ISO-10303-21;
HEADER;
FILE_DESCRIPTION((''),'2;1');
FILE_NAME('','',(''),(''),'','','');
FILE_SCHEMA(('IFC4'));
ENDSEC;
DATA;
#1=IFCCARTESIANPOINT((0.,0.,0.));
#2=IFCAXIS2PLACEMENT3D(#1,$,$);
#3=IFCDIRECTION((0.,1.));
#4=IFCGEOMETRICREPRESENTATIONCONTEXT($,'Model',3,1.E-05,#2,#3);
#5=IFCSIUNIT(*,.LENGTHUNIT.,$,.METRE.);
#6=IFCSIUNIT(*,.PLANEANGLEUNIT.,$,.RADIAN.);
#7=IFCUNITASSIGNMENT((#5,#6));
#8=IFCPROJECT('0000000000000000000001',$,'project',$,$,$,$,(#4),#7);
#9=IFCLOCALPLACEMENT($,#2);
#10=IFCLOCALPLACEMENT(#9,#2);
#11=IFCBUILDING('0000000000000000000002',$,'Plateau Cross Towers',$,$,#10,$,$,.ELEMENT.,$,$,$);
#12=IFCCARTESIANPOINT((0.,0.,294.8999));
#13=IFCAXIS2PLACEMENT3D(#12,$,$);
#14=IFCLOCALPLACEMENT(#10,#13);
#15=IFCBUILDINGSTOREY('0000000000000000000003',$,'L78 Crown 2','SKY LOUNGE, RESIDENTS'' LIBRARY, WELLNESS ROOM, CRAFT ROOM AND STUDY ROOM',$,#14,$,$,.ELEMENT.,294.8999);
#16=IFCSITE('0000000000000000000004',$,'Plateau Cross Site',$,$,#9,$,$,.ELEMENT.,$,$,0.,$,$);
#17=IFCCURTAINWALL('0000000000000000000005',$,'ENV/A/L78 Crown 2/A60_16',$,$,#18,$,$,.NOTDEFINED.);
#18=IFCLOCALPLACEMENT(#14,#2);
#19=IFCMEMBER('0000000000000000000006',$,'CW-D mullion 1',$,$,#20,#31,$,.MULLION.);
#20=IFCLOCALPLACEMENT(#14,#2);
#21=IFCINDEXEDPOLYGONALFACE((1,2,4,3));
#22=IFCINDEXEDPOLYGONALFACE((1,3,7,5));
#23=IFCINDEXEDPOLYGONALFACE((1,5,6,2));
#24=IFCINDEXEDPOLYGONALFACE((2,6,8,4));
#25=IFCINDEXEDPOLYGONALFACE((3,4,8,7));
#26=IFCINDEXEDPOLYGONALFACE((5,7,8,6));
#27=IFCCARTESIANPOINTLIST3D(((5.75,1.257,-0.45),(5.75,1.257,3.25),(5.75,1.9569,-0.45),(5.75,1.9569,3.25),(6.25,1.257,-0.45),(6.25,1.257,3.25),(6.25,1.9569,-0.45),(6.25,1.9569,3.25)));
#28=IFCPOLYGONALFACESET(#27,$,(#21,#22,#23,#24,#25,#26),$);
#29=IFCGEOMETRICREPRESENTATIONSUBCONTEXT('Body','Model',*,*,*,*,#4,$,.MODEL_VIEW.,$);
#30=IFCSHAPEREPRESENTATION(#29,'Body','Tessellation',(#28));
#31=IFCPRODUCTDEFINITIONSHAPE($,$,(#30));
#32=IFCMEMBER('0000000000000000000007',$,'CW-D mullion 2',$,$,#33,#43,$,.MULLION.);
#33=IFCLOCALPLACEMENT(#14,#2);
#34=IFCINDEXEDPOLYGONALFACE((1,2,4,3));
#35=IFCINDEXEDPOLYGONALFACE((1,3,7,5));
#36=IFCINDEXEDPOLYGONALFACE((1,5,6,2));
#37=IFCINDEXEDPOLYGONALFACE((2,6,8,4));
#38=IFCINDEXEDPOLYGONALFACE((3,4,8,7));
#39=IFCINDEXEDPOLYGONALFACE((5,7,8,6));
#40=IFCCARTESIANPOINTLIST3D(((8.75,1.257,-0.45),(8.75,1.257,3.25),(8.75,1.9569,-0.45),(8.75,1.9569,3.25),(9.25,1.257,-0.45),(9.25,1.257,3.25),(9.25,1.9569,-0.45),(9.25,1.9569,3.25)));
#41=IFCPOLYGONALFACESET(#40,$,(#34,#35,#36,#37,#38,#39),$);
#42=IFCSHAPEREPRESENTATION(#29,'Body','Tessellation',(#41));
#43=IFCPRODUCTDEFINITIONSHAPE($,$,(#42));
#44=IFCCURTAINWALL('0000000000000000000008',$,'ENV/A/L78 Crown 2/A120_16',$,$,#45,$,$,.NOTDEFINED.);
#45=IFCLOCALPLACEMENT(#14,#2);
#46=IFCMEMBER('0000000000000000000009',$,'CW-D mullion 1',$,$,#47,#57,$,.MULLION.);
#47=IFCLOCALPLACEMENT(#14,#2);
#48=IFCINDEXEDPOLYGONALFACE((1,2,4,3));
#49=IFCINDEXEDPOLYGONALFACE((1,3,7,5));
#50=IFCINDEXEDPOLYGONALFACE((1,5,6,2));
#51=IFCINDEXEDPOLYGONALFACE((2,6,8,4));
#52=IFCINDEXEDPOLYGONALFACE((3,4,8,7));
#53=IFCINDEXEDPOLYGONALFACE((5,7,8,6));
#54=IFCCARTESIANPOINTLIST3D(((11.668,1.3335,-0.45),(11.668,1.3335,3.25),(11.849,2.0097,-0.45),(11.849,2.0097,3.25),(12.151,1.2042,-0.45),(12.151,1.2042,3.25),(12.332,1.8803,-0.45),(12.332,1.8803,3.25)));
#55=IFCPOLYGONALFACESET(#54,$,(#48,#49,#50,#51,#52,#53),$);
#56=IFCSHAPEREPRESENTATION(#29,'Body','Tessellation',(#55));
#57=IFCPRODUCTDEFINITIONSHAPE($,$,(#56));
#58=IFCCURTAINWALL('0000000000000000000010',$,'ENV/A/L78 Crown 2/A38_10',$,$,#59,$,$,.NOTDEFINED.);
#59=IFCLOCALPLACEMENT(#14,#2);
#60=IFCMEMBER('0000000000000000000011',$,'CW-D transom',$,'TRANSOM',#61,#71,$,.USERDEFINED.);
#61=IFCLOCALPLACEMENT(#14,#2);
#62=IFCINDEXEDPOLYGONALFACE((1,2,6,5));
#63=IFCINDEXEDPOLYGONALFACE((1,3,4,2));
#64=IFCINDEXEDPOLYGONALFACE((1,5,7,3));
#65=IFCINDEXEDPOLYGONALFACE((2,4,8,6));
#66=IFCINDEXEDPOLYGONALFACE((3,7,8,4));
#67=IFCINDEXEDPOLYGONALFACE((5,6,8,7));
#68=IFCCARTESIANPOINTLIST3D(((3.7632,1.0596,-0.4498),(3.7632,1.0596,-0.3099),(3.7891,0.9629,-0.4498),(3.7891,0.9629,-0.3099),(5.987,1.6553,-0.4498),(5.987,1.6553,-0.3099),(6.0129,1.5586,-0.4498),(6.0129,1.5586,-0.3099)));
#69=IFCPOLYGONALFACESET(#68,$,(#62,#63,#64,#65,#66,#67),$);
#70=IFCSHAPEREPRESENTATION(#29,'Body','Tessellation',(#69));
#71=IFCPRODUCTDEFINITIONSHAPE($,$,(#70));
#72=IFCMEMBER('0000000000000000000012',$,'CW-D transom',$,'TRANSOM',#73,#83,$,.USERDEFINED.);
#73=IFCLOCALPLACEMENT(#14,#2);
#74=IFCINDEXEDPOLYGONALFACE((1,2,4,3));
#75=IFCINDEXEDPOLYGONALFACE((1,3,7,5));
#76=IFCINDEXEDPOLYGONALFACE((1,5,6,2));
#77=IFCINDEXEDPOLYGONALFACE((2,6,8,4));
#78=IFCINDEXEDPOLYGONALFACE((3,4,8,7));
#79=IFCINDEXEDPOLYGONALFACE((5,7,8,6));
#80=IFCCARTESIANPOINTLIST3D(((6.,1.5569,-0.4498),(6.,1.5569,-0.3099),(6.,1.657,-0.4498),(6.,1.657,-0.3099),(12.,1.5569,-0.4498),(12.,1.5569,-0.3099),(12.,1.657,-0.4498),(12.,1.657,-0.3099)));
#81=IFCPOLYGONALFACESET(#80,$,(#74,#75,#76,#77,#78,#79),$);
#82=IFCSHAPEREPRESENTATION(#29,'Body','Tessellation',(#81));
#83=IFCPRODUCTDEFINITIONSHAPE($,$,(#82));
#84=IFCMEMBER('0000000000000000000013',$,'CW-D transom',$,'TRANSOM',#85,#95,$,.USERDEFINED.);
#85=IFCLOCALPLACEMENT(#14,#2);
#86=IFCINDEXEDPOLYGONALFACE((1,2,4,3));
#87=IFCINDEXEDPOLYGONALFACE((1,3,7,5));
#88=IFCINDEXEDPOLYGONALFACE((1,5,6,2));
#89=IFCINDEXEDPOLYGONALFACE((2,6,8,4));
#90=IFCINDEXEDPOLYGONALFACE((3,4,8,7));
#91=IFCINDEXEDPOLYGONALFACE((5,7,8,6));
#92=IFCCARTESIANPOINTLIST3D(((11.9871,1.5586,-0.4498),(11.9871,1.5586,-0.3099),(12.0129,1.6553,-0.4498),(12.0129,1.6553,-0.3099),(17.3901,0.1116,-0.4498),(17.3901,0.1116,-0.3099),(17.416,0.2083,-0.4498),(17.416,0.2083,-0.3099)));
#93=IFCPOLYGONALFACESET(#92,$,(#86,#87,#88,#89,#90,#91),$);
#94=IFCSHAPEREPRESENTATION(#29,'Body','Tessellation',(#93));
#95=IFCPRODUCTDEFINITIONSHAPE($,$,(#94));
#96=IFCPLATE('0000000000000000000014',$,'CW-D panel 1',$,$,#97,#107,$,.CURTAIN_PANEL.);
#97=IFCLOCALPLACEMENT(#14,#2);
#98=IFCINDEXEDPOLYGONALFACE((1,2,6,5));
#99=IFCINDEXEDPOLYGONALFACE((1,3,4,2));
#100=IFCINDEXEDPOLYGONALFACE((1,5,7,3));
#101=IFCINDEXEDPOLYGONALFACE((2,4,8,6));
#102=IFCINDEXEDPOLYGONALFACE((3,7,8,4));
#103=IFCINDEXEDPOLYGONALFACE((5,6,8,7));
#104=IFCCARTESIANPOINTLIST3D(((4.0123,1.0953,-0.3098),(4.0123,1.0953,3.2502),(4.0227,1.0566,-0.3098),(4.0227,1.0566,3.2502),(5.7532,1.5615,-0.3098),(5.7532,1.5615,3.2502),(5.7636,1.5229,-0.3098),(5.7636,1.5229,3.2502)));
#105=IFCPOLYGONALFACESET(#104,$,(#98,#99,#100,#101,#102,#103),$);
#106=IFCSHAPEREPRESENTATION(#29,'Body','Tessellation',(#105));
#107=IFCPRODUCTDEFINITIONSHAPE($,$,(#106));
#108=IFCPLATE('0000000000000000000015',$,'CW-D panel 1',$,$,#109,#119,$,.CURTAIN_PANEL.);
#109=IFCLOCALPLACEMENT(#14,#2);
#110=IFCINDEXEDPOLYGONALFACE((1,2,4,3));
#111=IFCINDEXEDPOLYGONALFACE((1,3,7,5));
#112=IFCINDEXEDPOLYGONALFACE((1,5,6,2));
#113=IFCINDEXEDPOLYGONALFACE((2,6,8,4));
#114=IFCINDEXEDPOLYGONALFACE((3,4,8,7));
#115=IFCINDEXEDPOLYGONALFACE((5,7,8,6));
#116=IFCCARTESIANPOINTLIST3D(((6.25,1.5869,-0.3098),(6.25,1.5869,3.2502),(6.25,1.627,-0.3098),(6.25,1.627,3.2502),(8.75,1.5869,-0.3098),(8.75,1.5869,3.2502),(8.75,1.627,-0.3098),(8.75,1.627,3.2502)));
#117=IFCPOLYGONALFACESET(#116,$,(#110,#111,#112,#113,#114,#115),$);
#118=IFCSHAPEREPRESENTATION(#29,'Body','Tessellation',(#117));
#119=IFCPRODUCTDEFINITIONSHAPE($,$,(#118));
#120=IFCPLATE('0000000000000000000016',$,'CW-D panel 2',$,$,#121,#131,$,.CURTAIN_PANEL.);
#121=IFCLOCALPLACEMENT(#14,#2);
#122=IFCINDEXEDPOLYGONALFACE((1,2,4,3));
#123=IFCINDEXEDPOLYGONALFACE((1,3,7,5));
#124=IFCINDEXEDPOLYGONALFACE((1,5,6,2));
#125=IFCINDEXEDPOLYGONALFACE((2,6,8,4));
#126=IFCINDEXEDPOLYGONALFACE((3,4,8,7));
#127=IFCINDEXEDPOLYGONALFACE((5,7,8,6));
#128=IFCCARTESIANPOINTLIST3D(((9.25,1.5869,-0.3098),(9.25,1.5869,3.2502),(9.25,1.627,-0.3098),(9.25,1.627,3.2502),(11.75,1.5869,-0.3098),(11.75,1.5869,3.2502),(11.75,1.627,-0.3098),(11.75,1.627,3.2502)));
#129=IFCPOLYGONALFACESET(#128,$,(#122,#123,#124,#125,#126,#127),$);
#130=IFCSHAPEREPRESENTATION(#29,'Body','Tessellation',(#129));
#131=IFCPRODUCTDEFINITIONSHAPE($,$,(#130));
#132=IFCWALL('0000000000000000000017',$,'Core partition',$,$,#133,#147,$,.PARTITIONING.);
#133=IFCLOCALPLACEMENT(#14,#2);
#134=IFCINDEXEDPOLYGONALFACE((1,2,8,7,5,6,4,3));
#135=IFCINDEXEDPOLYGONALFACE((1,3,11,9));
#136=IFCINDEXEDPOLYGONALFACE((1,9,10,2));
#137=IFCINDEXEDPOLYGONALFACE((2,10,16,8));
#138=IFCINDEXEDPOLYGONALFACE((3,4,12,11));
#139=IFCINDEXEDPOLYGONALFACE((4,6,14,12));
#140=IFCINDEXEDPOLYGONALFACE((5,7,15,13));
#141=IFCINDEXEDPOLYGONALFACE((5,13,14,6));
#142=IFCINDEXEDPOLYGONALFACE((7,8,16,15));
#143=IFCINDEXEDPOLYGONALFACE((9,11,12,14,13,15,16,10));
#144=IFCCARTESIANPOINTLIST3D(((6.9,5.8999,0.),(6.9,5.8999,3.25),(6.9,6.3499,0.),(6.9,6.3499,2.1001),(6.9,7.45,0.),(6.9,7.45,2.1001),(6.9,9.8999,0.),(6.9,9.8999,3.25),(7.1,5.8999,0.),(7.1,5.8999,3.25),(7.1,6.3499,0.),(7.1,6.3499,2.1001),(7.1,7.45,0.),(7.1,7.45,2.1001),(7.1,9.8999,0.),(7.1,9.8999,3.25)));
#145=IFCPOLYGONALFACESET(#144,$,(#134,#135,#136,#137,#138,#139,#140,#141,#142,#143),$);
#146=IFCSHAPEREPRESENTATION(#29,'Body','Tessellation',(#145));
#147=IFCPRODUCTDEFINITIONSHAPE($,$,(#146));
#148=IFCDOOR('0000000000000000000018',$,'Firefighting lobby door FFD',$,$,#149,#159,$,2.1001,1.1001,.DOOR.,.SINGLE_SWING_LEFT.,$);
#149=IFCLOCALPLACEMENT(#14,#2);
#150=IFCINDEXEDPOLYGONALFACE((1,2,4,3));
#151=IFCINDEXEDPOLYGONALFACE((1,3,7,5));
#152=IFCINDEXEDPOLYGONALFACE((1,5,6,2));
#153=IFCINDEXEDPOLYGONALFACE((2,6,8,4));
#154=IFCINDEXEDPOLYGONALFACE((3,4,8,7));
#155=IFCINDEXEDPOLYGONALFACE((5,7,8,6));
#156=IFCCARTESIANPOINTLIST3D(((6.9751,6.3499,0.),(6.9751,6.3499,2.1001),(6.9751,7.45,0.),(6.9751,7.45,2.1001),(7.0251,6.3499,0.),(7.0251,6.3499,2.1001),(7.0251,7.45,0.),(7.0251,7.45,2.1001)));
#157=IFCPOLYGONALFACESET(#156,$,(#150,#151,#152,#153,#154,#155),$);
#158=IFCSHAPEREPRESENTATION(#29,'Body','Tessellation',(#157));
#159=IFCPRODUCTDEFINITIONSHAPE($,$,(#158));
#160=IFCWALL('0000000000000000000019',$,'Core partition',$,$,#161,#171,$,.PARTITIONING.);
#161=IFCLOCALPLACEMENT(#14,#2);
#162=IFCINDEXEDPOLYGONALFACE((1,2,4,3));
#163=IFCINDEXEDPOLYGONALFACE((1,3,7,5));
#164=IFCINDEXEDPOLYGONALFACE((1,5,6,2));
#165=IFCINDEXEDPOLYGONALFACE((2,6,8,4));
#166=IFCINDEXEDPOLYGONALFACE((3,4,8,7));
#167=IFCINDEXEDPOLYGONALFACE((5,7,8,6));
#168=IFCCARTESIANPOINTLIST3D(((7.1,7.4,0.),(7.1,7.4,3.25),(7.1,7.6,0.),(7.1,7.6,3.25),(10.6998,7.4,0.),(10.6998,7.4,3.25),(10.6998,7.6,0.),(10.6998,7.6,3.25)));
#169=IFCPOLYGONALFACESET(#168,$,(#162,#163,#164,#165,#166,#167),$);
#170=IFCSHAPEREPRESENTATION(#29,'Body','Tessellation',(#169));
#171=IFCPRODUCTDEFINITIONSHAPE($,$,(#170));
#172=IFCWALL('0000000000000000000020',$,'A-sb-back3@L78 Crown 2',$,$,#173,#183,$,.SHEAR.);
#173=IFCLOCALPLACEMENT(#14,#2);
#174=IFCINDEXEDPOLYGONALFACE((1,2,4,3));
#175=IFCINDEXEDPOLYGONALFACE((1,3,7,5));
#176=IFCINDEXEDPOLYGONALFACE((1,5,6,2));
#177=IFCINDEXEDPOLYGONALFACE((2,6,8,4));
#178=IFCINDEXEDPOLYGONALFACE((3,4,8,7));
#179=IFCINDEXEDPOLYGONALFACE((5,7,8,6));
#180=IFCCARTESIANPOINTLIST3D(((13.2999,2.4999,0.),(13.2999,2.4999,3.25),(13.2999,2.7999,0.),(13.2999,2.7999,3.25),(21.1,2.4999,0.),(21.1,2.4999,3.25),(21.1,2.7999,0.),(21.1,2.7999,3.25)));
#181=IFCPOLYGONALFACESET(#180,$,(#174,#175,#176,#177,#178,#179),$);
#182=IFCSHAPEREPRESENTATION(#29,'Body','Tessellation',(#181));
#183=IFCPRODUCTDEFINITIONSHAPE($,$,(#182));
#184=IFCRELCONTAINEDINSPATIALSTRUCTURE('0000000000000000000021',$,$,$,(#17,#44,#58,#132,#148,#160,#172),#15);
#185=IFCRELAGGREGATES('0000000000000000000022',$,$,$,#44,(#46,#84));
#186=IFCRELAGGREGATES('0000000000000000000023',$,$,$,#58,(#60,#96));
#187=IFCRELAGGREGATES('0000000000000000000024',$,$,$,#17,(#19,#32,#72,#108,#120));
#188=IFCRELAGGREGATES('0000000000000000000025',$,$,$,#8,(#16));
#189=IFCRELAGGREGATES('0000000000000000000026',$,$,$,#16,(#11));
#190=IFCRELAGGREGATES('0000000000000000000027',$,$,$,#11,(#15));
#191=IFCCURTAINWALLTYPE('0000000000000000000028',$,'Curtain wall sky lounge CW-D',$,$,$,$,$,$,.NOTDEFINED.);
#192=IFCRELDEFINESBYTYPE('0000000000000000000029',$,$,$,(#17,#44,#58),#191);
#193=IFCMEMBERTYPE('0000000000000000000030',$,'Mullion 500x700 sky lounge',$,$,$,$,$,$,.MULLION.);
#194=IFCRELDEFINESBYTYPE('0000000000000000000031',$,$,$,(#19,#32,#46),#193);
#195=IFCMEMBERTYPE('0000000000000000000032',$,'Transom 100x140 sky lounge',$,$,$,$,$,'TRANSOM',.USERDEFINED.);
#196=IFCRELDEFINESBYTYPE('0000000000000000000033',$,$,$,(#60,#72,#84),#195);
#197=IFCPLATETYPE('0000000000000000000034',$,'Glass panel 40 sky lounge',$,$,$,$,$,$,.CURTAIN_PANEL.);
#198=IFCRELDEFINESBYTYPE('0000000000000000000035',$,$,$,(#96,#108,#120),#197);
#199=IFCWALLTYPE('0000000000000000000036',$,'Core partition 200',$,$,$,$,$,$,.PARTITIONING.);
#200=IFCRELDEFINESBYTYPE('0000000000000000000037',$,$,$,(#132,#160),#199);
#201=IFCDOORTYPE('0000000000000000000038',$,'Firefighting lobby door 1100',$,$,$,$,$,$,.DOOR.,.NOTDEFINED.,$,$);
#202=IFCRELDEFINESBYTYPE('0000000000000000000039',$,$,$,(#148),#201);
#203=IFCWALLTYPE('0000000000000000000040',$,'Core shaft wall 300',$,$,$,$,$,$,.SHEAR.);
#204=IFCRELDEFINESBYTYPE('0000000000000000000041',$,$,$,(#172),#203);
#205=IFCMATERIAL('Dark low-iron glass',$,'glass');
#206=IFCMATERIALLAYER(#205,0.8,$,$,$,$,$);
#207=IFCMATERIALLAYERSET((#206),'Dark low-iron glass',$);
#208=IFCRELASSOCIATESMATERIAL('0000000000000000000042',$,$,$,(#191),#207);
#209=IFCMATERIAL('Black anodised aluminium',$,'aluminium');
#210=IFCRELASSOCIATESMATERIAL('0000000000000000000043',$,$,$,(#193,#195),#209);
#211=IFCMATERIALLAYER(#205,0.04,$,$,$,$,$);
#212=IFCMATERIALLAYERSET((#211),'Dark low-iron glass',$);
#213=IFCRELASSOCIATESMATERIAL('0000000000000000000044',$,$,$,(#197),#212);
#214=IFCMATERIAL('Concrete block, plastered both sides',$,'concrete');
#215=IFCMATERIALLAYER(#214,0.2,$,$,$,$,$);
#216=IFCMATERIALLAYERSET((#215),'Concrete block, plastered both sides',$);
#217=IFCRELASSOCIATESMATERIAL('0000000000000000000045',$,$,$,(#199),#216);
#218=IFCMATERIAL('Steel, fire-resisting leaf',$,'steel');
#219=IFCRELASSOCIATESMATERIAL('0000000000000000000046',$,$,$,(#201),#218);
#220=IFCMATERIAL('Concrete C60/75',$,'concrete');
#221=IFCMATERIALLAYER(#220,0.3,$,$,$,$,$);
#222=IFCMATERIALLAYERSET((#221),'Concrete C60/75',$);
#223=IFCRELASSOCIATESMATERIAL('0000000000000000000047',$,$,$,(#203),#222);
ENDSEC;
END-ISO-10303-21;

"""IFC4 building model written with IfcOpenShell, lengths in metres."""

from ifc_helpers import new_model, si_unit, direction, frame, frame_2d, origin, origin_2d, place, context, subcontext, project, spatial, rectangle, extrude, material, layer, layer_set, material_profile, profile_set, type_object, element, fill, aggregate, save


model = new_model("IFC4")

# Units and contexts
model_context = context("Model", 3, precision=1e-05, world=origin(), true_north=direction((0.0, 1.0)))
body_context = subcontext(model_context, "Body", "Model", "MODEL_VIEW")
ifc_project = project(units=[si_unit("LENGTHUNIT", "METRE"), si_unit("PLANEANGLEUNIT", "RADIAN")], contexts=[model_context])

# Site, building, storey
site_placement = place(None, origin())
site = spatial("IfcSite", under=ifc_project, at=site_placement, Name="Plateau Cross Site", CompositionType="ELEMENT", RefElevation=0.0)
building_placement = place(site_placement, origin())
building = spatial("IfcBuilding", under=site, at=building_placement, Name="Plateau Cross Towers", CompositionType="ELEMENT")
storey_placement = place(building_placement, frame((0.0, 0.0, 294.8999)))
storey = spatial("IfcBuildingStorey", under=building, at=storey_placement, Name="L78 Crown 2", Description="SKY LOUNGE, RESIDENTS' LIBRARY, WELLNESS ROOM, CRAFT ROOM AND STUDY ROOM", CompositionType="ELEMENT", Elevation=294.8999)

# Curtain wall, members
ifc_material_1 = material(Name="Dark low-iron glass", Category="glass")
ifc_layer_1 = layer(ifc_material_1, 0.8)
ifc_layer_set_1 = layer_set([ifc_layer_1], Name="Dark low-iron glass")
curtain_wall_type = type_object("IfcCurtainWallType", Name="Curtain wall sky lounge CW-D", PredefinedType="NOTDEFINED", material=ifc_layer_set_1)
curtain_wall_1_placement = place(storey_placement, origin())
curtain_wall_1 = element("IfcCurtainWall", 1, at=curtain_wall_1_placement, inside=storey, type_object=curtain_wall_type, Name="ENV/A/L78 Crown 2/A60_16", PredefinedType="NOTDEFINED")
ifc_material_2 = material(Name="Black anodised aluminium", Category="aluminium")
ifc_material_profile_1 = material_profile(ifc_material_2, rectangle(XDim=0.5, YDim=0.7, at=origin_2d()), Name="MULLION 500x700")
ifc_profile_set_1 = profile_set([ifc_material_profile_1], Name="Black anodised aluminium")
member_type_1 = type_object("IfcMemberType", Name="Mullion 500x700 sky lounge", PredefinedType="MULLION", material=ifc_profile_set_1)
member_1_placement = place(storey_placement, frame((6.0, 1.6069, -0.45), z_axis=(0.0, 0.0, 1.0), x_axis=(1.0, 0.0, 0.0)))
member_1 = element("IfcMember", 2, at=member_1_placement, type_object=member_type_1, Name="CW-D mullion 1", PredefinedType="MULLION", context=body_context, shape_type="SweptSolid", body=[
    extrude(rectangle(XDim=0.5, YDim=0.7, at=origin_2d()), origin(), (0.0, 0.0, 1.0), 3.7),
])
member_2_placement = place(storey_placement, frame((9.0, 1.6069, -0.45), z_axis=(0.0, 0.0, 1.0), x_axis=(1.0, 0.0, 0.0)))
member_2 = element("IfcMember", 3, at=member_2_placement, type_object=member_type_1, Name="CW-D mullion 2", PredefinedType="MULLION", context=body_context, shape_type="SweptSolid", body=[
    extrude(rectangle(XDim=0.5, YDim=0.7, at=origin_2d()), origin(), (0.0, 0.0, 1.0), 3.7),
])

# Curtain walls, members
curtain_wall_2_placement = place(storey_placement, origin())
curtain_wall_2 = element("IfcCurtainWall", 4, at=curtain_wall_2_placement, inside=storey, type_object=curtain_wall_type, Name="ENV/A/L78 Crown 2/A120_16", PredefinedType="NOTDEFINED")
member_3_placement = place(storey_placement, frame((12.0, 1.6069, -0.45), z_axis=(0.0, 0.0, 1.0), x_axis=(0.965958, -0.258699, 0.0)))
member_3 = element("IfcMember", 5, at=member_3_placement, type_object=member_type_1, Name="CW-D mullion 1", PredefinedType="MULLION", context=body_context, shape_type="SweptSolid", body=[
    extrude(rectangle(XDim=0.5, YDim=0.7, at=origin_2d()), origin(), (0.0, 0.0, 1.0), 3.7),
])
curtain_wall_3_placement = place(storey_placement, origin())
curtain_wall_3 = element("IfcCurtainWall", 6, at=curtain_wall_3_placement, inside=storey, type_object=curtain_wall_type, Name="ENV/A/L78 Crown 2/A38_10", PredefinedType="NOTDEFINED")
ifc_material_profile_2 = material_profile(ifc_material_2, rectangle(XDim=0.1001, YDim=0.1399, at=origin_2d()), Name="TRANSOM 100x140")
ifc_profile_set_2 = profile_set([ifc_material_profile_2], Name="Black anodised aluminium")
member_type_2 = type_object("IfcMemberType", Name="Transom 100x140 sky lounge", ElementType="TRANSOM", PredefinedType="USERDEFINED", material=ifc_profile_set_2)
member_4_placement = place(storey_placement, frame((3.7761, 1.0112, -0.3799), z_axis=(0.965946, 0.258745, 0.0), x_axis=(-0.258745, 0.965946, 0.0)))
member_4 = element("IfcMember", 7, at=member_4_placement, type_object=member_type_2, Name="CW-D transom", ObjectType="TRANSOM", PredefinedType="USERDEFINED", context=body_context, shape_type="SweptSolid", body=[
    extrude(rectangle(XDim=0.1001, YDim=0.1399, at=origin_2d()), origin(), (0.0, 0.0, 1.0), 2.3022),
])

# Members
member_5_placement = place(storey_placement, frame((6.0, 1.6069, -0.3799), z_axis=(1.0, 0.0, 0.0), x_axis=(0.0, 1.0, 0.0)))
member_5 = element("IfcMember", 8, at=member_5_placement, type_object=member_type_2, Name="CW-D transom", ObjectType="TRANSOM", PredefinedType="USERDEFINED", context=body_context, shape_type="SweptSolid", body=[
    extrude(rectangle(XDim=0.1001, YDim=0.1399, at=origin_2d()), origin(), (0.0, 0.0, 1.0), 6.0),
])
member_6_placement = place(storey_placement, frame((12.0, 1.6069, -0.3799), z_axis=(0.965958, -0.258698, 0.0), x_axis=(0.258698, 0.965958, 0.0)))
member_6 = element("IfcMember", 9, at=member_6_placement, type_object=member_type_2, Name="CW-D transom", ObjectType="TRANSOM", PredefinedType="USERDEFINED", context=body_context, shape_type="SweptSolid", body=[
    extrude(rectangle(XDim=0.1001, YDim=0.1399, at=origin_2d()), origin(), (0.0, 0.0, 1.0), 5.5935),
])
aggregate(curtain_wall_2, [member_3, member_6])

# Plates
ifc_layer_2 = layer(ifc_material_1, 0.04)
ifc_layer_set_2 = layer_set([ifc_layer_2], Name="Dark low-iron glass")
plate_type = type_object("IfcPlateType", Name="Glass panel 40 sky lounge", PredefinedType="CURTAIN_PANEL", material=ifc_layer_set_2)
plate_1_placement = place(storey_placement, frame((4.8879, 1.3091, -0.3098), z_axis=(0.0, 0.0, 1.0), x_axis=(0.965958, 0.258699, 0.0)))
plate_1 = element("IfcPlate", 10, at=plate_1_placement, type_object=plate_type, Name="CW-D panel 1", PredefinedType="CURTAIN_PANEL", context=body_context, shape_type="SweptSolid", body=[
    extrude(rectangle(XDim=1.8022, YDim=0.04, at=origin_2d()), origin(), (0.0, 0.0, 1.0), 3.5601),
])
aggregate(curtain_wall_3, [member_4, plate_1])
plate_2_placement = place(storey_placement, frame((7.5, 1.6069, -0.3098), z_axis=(0.0, 0.0, 1.0), x_axis=(1.0, 0.0, 0.0)))
plate_2 = element("IfcPlate", 11, at=plate_2_placement, type_object=plate_type, Name="CW-D panel 1", PredefinedType="CURTAIN_PANEL", context=body_context, shape_type="SweptSolid", body=[
    extrude(rectangle(XDim=2.5, YDim=0.04, at=origin_2d()), origin(), (0.0, 0.0, 1.0), 3.5601),
])
plate_3_placement = place(storey_placement, frame((10.5, 1.6069, -0.3098), z_axis=(0.0, 0.0, 1.0), x_axis=(1.0, 0.0, 0.0)))
plate_3 = element("IfcPlate", 12, at=plate_3_placement, type_object=plate_type, Name="CW-D panel 2", PredefinedType="CURTAIN_PANEL", context=body_context, shape_type="SweptSolid", body=[
    extrude(rectangle(XDim=2.5, YDim=0.04, at=origin_2d()), origin(), (0.0, 0.0, 1.0), 3.5601),
])
aggregate(curtain_wall_1, [member_1, member_2, member_5, plate_2, plate_3])

# Wall, opening, door
ifc_material_3 = material(Name="Concrete block, plastered both sides", Category="concrete")
ifc_layer_3 = layer(ifc_material_3, 0.2)
ifc_layer_set_3 = layer_set([ifc_layer_3], Name="Concrete block, plastered both sides")
wall_type_1 = type_object("IfcWallType", Name="Core partition 200", PredefinedType="PARTITIONING", material=ifc_layer_set_3)
wall_1_placement = place(storey_placement, frame((7.0, 5.8999, 0.0), z_axis=(0.0, 0.0, 1.0), x_axis=(0.0, 1.0, 0.0)))
wall_1 = element("IfcWall", 13, at=wall_1_placement, inside=storey, type_object=wall_type_1, Name="Core partition", PredefinedType="PARTITIONING", context=body_context, shape_type="SweptSolid", body=[
    extrude(rectangle(XDim=4.0, YDim=0.2, at=frame_2d((2.0, 0.0))), origin(), (0.0, 0.0, 1.0), 3.25),
])
opening_placement = place(wall_1_placement, frame((0.45, 0.0, 0.0)))
opening = element("IfcOpeningElement", 14, at=opening_placement, cuts=wall_1, PredefinedType="OPENING", context=body_context, shape_type="SweptSolid", body=[
    extrude(rectangle(XDim=1.1001, YDim=2.1001, at=frame_2d((0.55, 1.05))), frame((0.0, 0.1099, 0.0), z_axis=(0.0, -1.0, 0.0), x_axis=(1.0, 0.0, 0.0)), (0.0, 0.0, 1.0), 0.22),
])
ifc_material_4 = material(Name="Steel, fire-resisting leaf", Category="steel")
door_type = type_object("IfcDoorType", Name="Firefighting lobby door 1100", OperationType="NOTDEFINED", PredefinedType="DOOR", material=ifc_material_4)
door_placement = place(opening_placement, origin())
door = element("IfcDoor", 15, at=door_placement, inside=storey, type_object=door_type, Name="Firefighting lobby door FFD", OperationType="SINGLE_SWING_LEFT", OverallHeight=2.1001, OverallWidth=1.1001, PredefinedType="DOOR", context=body_context, shape_type="SweptSolid", body=[
    extrude(rectangle(XDim=1.1001, YDim=2.1001, at=frame_2d((0.55, 1.05))), frame((0.0, 0.0249, 0.0), z_axis=(0.0, -1.0, 0.0), x_axis=(1.0, 0.0, 0.0)), (0.0, 0.0, 1.0), 0.05),
])
fill(opening, door)

# Walls
wall_2_placement = place(storey_placement, frame((7.1001, 7.5, 0.0), z_axis=(0.0, 0.0, 1.0), x_axis=(1.0, 0.0, 0.0)))
element("IfcWall", 16, at=wall_2_placement, inside=storey, type_object=wall_type_1, Name="Core partition", PredefinedType="PARTITIONING", context=body_context, shape_type="SweptSolid", body=[
    extrude(rectangle(XDim=3.5999, YDim=0.2, at=frame_2d((1.7998, 0.0))), origin(), (0.0, 0.0, 1.0), 3.25),
])
ifc_material_5 = material(Name="Concrete C60/75", Category="concrete")
ifc_layer_4 = layer(ifc_material_5, 0.3)
ifc_layer_set_4 = layer_set([ifc_layer_4], Name="Concrete C60/75")
wall_type_2 = type_object("IfcWallType", Name="Core shaft wall 300", PredefinedType="SHEAR", material=ifc_layer_set_4)
wall_3_placement = place(storey_placement, frame((13.3, 2.6499, 0.0), z_axis=(0.0, 0.0, 1.0), x_axis=(1.0, 0.0, 0.0)))
element("IfcWall", 17, at=wall_3_placement, inside=storey, type_object=wall_type_2, Name="A-sb-back3@L78 Crown 2", PredefinedType="SHEAR", context=body_context, shape_type="SweptSolid", body=[
    extrude(rectangle(XDim=7.8, YDim=0.3, at=frame_2d((3.8999, 0.0))), origin(), (0.0, 0.0, 1.0), 3.25),
])

save(model, "model.ifc")
